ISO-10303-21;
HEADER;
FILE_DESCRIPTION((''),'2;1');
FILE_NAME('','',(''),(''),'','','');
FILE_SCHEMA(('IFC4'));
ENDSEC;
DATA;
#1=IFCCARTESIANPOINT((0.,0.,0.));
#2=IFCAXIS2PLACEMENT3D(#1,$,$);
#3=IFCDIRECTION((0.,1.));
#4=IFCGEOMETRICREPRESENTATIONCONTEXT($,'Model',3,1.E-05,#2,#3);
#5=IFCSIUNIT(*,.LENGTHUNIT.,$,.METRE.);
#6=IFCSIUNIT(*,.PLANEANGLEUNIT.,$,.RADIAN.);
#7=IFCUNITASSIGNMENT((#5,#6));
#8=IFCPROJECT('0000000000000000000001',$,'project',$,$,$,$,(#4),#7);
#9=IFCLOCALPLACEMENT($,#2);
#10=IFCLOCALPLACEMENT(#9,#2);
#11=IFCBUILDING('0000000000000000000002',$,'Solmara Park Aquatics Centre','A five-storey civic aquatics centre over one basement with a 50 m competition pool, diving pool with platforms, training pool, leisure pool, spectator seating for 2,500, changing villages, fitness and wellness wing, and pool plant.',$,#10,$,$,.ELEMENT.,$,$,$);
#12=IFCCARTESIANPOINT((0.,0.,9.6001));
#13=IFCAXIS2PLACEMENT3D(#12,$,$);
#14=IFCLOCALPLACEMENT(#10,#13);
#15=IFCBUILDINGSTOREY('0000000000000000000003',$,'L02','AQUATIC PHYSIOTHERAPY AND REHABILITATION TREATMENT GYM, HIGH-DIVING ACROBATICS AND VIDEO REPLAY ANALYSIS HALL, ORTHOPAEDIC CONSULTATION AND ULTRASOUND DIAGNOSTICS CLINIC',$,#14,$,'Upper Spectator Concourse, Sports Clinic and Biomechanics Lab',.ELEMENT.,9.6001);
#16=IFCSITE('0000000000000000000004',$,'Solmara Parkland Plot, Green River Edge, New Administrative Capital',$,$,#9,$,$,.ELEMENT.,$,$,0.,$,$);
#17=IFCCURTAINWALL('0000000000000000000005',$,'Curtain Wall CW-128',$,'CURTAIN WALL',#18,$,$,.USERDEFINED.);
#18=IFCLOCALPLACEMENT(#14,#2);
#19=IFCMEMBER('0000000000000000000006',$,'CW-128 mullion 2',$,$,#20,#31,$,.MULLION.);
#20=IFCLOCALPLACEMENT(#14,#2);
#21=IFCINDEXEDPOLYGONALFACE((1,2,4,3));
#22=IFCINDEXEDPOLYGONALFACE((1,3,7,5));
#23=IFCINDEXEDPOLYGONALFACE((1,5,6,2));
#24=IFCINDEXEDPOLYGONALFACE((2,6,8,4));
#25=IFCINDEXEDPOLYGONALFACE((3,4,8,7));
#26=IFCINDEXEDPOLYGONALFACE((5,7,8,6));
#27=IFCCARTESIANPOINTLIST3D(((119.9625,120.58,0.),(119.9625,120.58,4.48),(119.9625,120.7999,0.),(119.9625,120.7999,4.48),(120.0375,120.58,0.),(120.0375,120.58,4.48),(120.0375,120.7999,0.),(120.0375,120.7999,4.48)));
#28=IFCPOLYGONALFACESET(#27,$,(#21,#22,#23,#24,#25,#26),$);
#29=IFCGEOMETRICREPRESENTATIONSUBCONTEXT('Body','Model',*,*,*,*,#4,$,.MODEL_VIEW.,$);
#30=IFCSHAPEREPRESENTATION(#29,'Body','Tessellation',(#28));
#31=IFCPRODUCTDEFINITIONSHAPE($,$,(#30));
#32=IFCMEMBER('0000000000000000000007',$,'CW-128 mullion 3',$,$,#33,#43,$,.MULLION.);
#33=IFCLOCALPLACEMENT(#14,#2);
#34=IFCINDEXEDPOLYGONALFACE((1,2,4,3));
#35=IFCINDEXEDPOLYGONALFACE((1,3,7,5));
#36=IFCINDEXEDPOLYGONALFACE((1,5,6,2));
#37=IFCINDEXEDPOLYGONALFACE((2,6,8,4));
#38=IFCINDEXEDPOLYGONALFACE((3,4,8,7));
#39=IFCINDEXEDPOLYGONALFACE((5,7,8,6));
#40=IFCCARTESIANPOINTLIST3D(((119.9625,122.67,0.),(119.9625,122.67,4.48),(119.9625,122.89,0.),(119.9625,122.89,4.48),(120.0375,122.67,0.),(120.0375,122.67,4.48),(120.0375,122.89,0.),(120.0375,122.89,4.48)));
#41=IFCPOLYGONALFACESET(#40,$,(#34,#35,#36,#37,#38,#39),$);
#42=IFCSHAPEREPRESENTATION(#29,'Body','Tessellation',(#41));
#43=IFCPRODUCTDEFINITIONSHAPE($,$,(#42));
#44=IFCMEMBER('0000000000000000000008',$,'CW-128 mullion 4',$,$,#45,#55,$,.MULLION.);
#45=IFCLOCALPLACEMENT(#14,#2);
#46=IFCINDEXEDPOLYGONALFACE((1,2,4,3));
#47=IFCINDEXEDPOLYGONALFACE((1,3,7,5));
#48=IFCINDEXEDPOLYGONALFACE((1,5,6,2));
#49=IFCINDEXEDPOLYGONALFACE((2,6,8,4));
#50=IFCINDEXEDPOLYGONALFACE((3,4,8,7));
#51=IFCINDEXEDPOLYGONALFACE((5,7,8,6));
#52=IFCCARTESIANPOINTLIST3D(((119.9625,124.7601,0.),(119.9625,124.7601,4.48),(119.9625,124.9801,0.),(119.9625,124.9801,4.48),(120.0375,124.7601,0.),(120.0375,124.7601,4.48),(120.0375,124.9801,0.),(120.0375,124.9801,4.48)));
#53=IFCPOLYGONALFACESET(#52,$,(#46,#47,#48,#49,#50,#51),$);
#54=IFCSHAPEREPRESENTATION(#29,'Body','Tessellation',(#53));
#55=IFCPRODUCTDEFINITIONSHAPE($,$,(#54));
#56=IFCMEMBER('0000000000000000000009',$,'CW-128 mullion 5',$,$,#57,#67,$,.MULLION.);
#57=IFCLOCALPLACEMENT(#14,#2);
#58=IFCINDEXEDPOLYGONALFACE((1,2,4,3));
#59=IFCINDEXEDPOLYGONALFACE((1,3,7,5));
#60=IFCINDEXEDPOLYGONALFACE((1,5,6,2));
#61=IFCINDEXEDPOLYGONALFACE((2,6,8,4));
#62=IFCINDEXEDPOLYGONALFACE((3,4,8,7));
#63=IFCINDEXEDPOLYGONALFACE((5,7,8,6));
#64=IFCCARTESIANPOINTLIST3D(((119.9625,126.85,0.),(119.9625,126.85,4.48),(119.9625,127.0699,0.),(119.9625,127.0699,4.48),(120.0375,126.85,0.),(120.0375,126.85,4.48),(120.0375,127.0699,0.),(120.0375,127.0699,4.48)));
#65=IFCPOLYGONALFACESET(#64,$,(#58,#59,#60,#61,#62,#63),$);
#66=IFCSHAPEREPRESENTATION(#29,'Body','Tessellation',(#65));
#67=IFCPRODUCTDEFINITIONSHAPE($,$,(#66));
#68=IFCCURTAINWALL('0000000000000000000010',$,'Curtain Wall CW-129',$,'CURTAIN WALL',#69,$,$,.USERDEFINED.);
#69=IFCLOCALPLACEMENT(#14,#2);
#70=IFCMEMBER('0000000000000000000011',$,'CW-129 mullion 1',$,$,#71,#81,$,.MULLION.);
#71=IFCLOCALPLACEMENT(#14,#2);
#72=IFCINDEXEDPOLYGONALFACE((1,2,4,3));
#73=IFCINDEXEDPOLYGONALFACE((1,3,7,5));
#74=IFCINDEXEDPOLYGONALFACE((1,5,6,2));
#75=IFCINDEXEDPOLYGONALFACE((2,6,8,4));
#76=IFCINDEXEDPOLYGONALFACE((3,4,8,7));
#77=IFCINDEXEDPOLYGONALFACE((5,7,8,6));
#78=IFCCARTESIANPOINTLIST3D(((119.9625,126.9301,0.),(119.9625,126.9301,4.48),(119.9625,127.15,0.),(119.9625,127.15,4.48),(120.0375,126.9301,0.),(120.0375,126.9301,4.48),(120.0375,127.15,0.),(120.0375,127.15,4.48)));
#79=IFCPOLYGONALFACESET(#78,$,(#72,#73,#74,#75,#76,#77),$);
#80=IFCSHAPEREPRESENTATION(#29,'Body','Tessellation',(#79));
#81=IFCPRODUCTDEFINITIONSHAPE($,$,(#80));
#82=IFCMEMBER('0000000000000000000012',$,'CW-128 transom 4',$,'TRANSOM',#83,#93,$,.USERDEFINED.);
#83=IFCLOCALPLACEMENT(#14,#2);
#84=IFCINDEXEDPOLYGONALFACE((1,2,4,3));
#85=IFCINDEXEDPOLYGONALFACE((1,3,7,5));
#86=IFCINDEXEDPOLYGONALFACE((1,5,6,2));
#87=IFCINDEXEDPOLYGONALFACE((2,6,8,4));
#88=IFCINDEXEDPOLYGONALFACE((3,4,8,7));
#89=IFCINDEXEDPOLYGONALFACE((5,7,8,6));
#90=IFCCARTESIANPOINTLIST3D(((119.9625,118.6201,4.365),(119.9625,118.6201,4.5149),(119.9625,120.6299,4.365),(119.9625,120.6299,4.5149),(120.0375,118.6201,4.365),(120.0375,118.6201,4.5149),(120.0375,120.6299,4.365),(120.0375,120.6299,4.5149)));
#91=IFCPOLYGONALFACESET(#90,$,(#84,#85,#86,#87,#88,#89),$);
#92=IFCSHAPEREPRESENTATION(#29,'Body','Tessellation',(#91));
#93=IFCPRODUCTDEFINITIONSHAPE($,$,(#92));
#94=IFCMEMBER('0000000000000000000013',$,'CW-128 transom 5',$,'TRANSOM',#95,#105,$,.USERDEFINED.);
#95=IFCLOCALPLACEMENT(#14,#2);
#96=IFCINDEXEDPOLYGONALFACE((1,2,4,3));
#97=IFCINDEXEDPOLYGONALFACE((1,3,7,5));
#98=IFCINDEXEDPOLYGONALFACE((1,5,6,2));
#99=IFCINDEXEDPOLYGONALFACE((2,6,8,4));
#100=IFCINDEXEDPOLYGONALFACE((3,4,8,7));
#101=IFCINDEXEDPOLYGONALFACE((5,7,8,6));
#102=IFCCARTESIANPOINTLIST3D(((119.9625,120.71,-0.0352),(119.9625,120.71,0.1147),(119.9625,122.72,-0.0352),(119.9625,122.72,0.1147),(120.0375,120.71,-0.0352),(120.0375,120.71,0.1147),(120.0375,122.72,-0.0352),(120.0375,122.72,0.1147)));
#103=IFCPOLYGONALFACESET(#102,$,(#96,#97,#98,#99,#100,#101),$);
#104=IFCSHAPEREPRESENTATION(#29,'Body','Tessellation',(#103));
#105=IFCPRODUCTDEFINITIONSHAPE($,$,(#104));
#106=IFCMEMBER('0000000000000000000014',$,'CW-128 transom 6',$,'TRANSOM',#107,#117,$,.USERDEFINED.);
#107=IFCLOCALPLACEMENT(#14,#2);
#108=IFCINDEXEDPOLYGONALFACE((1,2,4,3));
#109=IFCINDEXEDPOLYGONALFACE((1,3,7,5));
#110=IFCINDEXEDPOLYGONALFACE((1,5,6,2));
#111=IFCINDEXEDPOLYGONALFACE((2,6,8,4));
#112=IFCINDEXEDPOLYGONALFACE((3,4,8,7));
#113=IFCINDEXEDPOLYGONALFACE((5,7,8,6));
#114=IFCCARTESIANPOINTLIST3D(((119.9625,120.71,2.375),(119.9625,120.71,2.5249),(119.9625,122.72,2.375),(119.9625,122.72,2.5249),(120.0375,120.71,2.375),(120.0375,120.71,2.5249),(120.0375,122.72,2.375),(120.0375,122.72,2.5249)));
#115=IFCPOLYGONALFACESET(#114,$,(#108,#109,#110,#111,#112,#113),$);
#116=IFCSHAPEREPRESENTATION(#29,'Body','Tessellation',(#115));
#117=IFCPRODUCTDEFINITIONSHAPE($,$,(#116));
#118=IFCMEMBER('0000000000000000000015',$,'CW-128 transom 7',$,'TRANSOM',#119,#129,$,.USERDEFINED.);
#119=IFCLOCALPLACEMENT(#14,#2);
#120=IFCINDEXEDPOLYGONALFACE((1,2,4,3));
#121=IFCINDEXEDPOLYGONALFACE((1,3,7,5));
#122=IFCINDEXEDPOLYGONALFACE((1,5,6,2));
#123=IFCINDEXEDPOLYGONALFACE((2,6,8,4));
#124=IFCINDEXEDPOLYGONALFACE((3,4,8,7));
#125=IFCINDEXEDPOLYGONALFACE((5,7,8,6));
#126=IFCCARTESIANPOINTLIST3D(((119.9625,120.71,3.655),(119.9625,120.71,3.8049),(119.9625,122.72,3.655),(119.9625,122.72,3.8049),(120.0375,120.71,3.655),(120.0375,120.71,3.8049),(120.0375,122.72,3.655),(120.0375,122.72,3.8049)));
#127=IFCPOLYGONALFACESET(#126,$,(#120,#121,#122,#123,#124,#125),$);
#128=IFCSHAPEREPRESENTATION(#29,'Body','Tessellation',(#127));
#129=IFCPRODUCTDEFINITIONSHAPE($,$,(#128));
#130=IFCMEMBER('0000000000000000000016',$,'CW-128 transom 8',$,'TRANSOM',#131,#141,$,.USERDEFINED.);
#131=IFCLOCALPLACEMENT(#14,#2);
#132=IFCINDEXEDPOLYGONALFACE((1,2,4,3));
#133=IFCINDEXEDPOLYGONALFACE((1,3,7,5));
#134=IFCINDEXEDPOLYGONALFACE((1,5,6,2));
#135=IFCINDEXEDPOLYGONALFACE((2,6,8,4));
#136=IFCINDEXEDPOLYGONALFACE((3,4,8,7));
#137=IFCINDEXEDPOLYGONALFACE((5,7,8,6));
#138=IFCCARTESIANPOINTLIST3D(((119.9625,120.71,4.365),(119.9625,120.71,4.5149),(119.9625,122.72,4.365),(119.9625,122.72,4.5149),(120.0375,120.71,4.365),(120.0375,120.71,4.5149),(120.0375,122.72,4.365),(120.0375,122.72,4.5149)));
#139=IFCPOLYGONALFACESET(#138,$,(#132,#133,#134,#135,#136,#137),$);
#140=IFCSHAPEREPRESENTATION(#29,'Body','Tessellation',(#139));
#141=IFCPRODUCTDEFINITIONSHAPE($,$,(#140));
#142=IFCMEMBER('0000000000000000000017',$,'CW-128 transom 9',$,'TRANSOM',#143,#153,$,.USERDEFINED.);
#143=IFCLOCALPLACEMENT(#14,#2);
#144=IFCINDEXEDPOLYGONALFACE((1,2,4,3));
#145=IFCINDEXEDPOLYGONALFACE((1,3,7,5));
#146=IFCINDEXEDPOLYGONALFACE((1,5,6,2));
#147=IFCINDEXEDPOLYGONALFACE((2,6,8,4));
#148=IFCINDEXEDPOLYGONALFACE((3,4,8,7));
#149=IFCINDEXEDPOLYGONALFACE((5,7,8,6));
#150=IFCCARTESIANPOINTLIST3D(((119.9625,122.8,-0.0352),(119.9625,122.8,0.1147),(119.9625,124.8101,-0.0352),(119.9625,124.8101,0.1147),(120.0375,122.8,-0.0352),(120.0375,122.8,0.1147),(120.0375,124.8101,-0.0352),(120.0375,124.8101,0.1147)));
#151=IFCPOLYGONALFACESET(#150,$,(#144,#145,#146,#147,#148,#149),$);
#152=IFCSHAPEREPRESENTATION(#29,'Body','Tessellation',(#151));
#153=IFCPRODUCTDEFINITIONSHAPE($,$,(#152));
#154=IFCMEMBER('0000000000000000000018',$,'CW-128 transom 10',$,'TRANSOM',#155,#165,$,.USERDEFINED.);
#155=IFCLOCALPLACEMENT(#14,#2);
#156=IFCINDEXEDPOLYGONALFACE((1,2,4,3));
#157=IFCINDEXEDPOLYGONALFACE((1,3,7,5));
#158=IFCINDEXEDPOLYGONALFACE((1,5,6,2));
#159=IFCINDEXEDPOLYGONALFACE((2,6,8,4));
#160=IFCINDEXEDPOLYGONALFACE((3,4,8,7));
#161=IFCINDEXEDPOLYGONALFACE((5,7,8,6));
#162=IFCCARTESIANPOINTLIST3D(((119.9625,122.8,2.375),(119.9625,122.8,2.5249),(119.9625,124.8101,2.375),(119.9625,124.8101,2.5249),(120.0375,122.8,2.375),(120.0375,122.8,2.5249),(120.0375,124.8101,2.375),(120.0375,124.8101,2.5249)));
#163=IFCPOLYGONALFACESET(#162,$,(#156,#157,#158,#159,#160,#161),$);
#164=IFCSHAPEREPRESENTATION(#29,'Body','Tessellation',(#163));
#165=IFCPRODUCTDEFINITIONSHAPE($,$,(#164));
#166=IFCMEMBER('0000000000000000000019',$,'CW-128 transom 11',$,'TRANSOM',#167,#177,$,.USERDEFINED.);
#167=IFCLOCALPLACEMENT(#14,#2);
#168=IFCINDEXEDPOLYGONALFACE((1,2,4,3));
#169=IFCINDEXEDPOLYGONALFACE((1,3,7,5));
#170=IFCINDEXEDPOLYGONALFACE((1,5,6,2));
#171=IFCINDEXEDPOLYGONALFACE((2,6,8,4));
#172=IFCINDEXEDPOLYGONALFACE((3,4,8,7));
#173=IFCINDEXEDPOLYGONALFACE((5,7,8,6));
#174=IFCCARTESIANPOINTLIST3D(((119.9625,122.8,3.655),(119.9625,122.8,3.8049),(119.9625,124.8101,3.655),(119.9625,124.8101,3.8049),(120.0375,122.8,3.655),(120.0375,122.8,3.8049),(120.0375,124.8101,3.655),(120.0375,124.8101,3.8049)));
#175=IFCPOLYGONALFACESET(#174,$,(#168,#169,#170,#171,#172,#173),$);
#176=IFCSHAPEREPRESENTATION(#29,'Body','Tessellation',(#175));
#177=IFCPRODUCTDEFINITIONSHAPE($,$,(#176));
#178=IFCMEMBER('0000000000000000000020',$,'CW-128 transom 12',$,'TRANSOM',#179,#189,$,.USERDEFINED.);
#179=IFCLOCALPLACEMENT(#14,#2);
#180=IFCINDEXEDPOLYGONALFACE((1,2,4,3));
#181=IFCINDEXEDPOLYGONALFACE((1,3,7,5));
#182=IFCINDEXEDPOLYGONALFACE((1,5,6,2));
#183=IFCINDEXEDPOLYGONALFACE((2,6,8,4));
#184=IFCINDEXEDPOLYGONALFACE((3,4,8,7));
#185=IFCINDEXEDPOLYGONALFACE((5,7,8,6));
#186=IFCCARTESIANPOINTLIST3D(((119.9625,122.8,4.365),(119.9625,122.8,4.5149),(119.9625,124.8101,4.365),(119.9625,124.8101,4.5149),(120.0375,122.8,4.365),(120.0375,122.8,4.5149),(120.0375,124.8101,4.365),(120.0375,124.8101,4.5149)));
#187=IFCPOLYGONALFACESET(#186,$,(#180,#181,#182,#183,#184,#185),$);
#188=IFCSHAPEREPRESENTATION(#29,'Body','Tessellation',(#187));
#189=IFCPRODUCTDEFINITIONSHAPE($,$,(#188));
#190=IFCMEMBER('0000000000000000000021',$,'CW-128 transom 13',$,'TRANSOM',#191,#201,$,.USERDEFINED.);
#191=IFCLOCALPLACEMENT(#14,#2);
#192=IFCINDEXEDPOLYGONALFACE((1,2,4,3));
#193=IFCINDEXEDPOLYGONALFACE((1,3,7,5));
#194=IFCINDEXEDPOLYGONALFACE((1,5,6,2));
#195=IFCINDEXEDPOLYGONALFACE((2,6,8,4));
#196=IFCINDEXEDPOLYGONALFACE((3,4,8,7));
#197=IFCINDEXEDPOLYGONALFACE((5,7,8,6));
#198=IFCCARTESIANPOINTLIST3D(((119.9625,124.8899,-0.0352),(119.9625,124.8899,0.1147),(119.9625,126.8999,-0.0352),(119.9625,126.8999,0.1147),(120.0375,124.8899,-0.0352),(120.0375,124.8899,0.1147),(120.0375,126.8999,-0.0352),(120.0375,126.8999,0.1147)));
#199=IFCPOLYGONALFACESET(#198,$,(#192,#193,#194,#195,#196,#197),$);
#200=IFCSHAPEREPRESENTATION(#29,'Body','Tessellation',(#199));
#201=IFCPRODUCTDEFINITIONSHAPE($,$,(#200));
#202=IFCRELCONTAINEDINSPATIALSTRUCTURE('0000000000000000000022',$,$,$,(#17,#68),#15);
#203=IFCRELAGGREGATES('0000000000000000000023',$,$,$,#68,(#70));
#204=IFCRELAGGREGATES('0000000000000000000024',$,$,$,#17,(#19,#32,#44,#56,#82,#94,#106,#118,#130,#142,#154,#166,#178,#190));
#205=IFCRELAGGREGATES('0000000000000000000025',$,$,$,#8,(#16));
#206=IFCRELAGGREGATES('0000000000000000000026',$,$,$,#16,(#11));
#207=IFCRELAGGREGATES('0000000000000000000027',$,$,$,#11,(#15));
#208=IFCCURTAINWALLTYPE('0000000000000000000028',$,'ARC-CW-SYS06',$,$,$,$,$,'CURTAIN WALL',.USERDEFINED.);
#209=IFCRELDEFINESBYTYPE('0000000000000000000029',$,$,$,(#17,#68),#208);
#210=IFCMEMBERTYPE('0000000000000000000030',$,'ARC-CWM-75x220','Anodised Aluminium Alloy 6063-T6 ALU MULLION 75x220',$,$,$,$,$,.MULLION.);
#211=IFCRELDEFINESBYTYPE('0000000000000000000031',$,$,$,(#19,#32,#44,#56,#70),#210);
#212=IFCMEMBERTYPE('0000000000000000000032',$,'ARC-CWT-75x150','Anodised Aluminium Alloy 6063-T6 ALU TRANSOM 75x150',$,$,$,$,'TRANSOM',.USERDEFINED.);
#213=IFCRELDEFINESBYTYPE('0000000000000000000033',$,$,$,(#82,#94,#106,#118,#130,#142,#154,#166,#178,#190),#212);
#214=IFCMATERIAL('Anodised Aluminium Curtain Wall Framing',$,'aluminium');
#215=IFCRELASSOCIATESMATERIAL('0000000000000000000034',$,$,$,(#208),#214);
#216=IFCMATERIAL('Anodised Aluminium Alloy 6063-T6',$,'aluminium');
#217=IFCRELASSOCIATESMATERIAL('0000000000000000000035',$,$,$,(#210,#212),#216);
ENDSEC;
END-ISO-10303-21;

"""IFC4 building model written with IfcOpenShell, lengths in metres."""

from ifc_helpers import new_model, si_unit, direction, frame, origin, origin_2d, place, context, subcontext, project, spatial, rectangle, extrude, material, material_profile, profile_set, type_object, element, aggregate, save


model = new_model("IFC4")

# Units and contexts
model_context = context("Model", 3, precision=1e-05, world=origin(), true_north=direction((0.0, 1.0)))
body_context = subcontext(model_context, "Body", "Model", "MODEL_VIEW")
ifc_project = project(units=[si_unit("LENGTHUNIT", "METRE"), si_unit("PLANEANGLEUNIT", "RADIAN")], contexts=[model_context])

# Site, building, storey
site_placement = place(None, origin())
site = spatial("IfcSite", under=ifc_project, at=site_placement, Name="Solmara Parkland Plot, Green River Edge, New Administrative Capital", CompositionType="ELEMENT", RefElevation=0.0)
building_placement = place(site_placement, origin())
building = spatial("IfcBuilding", under=site, at=building_placement, Name="Solmara Park Aquatics Centre", Description="A five-storey civic aquatics centre over one basement with a 50 m competition pool, diving pool with platforms, training pool, leisure pool, spectator seating for 2,500, changing villages, fitness and wellness wing, and pool plant.", CompositionType="ELEMENT")
storey_placement = place(building_placement, frame((0.0, 0.0, 9.6001)))
storey = spatial("IfcBuildingStorey", under=building, at=storey_placement, Name="L02", Description="AQUATIC PHYSIOTHERAPY AND REHABILITATION TREATMENT GYM, HIGH-DIVING ACROBATICS AND VIDEO REPLAY ANALYSIS HALL, ORTHOPAEDIC CONSULTATION AND ULTRASOUND DIAGNOSTICS CLINIC", LongName="Upper Spectator Concourse, Sports Clinic and Biomechanics Lab", CompositionType="ELEMENT", Elevation=9.6001)

# Curtain wall, members
ifc_material_1 = material(Name="Anodised Aluminium Curtain Wall Framing", Category="aluminium")
curtain_wall_type = type_object("IfcCurtainWallType", Name="ARC-CW-SYS06", ElementType="CURTAIN WALL", PredefinedType="USERDEFINED", material=ifc_material_1)
curtain_wall_1_placement = place(storey_placement, origin())
curtain_wall_1 = element("IfcCurtainWall", 1, at=curtain_wall_1_placement, inside=storey, type_object=curtain_wall_type, Name="Curtain Wall CW-128", ObjectType="CURTAIN WALL", PredefinedType="USERDEFINED")
ifc_material_2 = material(Name="Anodised Aluminium Alloy 6063-T6", Category="aluminium")
ifc_material_profile_1 = material_profile(ifc_material_2, rectangle(XDim=0.075, YDim=0.22, at=origin_2d()), Name="ALU MULLION 75x220")
ifc_profile_set_1 = profile_set([ifc_material_profile_1], Name="Anodised Aluminium Alloy 6063-T6")
member_type_1 = type_object("IfcMemberType", Name="ARC-CWM-75x220", Description="Anodised Aluminium Alloy 6063-T6 ALU MULLION 75x220", PredefinedType="MULLION", material=ifc_profile_set_1)
member_1_placement = place(storey_placement, frame((120.0, 120.6899, 0.0), z_axis=(0.0, 0.0, 1.0), x_axis=(1.0, 0.0, 0.0)))
member_1 = element("IfcMember", 2, at=member_1_placement, type_object=member_type_1, Name="CW-128 mullion 2", PredefinedType="MULLION", context=body_context, shape_type="SweptSolid", body=[
    extrude(rectangle(XDim=0.075, YDim=0.22, at=origin_2d()), origin(), (0.0, 0.0, 1.0), 4.48),
])
member_2_placement = place(storey_placement, frame((120.0, 122.78, 0.0), z_axis=(0.0, 0.0, 1.0), x_axis=(1.0, 0.0, 0.0)))
member_2 = element("IfcMember", 3, at=member_2_placement, type_object=member_type_1, Name="CW-128 mullion 3", PredefinedType="MULLION", context=body_context, shape_type="SweptSolid", body=[
    extrude(rectangle(XDim=0.075, YDim=0.22, at=origin_2d()), origin(), (0.0, 0.0, 1.0), 4.48),
])
member_3_placement = place(storey_placement, frame((120.0, 124.8701, 0.0), z_axis=(0.0, 0.0, 1.0), x_axis=(1.0, 0.0, 0.0)))
member_3 = element("IfcMember", 4, at=member_3_placement, type_object=member_type_1, Name="CW-128 mullion 4", PredefinedType="MULLION", context=body_context, shape_type="SweptSolid", body=[
    extrude(rectangle(XDim=0.075, YDim=0.22, at=origin_2d()), origin(), (0.0, 0.0, 1.0), 4.48),
])
member_4_placement = place(storey_placement, frame((120.0, 126.96, 0.0), z_axis=(0.0, 0.0, 1.0), x_axis=(1.0, 0.0, 0.0)))
member_4 = element("IfcMember", 5, at=member_4_placement, type_object=member_type_1, Name="CW-128 mullion 5", PredefinedType="MULLION", context=body_context, shape_type="SweptSolid", body=[
    extrude(rectangle(XDim=0.075, YDim=0.22, at=origin_2d()), origin(), (0.0, 0.0, 1.0), 4.48),
])

# Curtain wall, member
curtain_wall_2_placement = place(storey_placement, origin())
curtain_wall_2 = element("IfcCurtainWall", 6, at=curtain_wall_2_placement, inside=storey, type_object=curtain_wall_type, Name="Curtain Wall CW-129", ObjectType="CURTAIN WALL", PredefinedType="USERDEFINED")
member_5_placement = place(storey_placement, frame((120.0, 127.04, 0.0), z_axis=(0.0, 0.0, 1.0), x_axis=(1.0, 0.0, 0.0)))
member_5 = element("IfcMember", 7, at=member_5_placement, type_object=member_type_1, Name="CW-129 mullion 1", PredefinedType="MULLION", context=body_context, shape_type="SweptSolid", body=[
    extrude(rectangle(XDim=0.075, YDim=0.22, at=origin_2d()), origin(), (0.0, 0.0, 1.0), 4.48),
])

# Members
ifc_material_profile_2 = material_profile(ifc_material_2, rectangle(XDim=0.075, YDim=0.1499, at=origin_2d()), Name="ALU TRANSOM 75x150")
ifc_profile_set_2 = profile_set([ifc_material_profile_2], Name="Anodised Aluminium Alloy 6063-T6")
member_type_2 = type_object("IfcMemberType", Name="ARC-CWT-75x150", Description="Anodised Aluminium Alloy 6063-T6 ALU TRANSOM 75x150", ElementType="TRANSOM", PredefinedType="USERDEFINED", material=ifc_profile_set_2)
member_6_placement = place(storey_placement, frame((120.0, 118.6201, 4.4399), z_axis=(0.0, 1.0, 0.0), x_axis=(-1.0, 0.0, 0.0)))
member_6 = element("IfcMember", 8, at=member_6_placement, type_object=member_type_2, Name="CW-128 transom 4", ObjectType="TRANSOM", PredefinedType="USERDEFINED", context=body_context, shape_type="SweptSolid", body=[
    extrude(rectangle(XDim=0.075, YDim=0.1499, at=origin_2d()), origin(), (0.0, 0.0, 1.0), 2.0098),
])
member_7_placement = place(storey_placement, frame((120.0, 120.71, 0.0398), z_axis=(0.0, 1.0, 0.0), x_axis=(-1.0, 0.0, 0.0)))
member_7 = element("IfcMember", 9, at=member_7_placement, type_object=member_type_2, Name="CW-128 transom 5", ObjectType="TRANSOM", PredefinedType="USERDEFINED", context=body_context, shape_type="SweptSolid", body=[
    extrude(rectangle(XDim=0.075, YDim=0.1499, at=origin_2d()), origin(), (0.0, 0.0, 1.0), 2.01),
])
member_8_placement = place(storey_placement, frame((120.0, 120.71, 2.45), z_axis=(0.0, 1.0, 0.0), x_axis=(-1.0, 0.0, 0.0)))
member_8 = element("IfcMember", 10, at=member_8_placement, type_object=member_type_2, Name="CW-128 transom 6", ObjectType="TRANSOM", PredefinedType="USERDEFINED", context=body_context, shape_type="SweptSolid", body=[
    extrude(rectangle(XDim=0.075, YDim=0.1499, at=origin_2d()), origin(), (0.0, 0.0, 1.0), 2.01),
])
member_9_placement = place(storey_placement, frame((120.0, 120.71, 3.73), z_axis=(0.0, 1.0, 0.0), x_axis=(-1.0, 0.0, 0.0)))
member_9 = element("IfcMember", 11, at=member_9_placement, type_object=member_type_2, Name="CW-128 transom 7", ObjectType="TRANSOM", PredefinedType="USERDEFINED", context=body_context, shape_type="SweptSolid", body=[
    extrude(rectangle(XDim=0.075, YDim=0.1499, at=origin_2d()), origin(), (0.0, 0.0, 1.0), 2.01),
])
member_10_placement = place(storey_placement, frame((120.0, 120.71, 4.4399), z_axis=(0.0, 1.0, 0.0), x_axis=(-1.0, 0.0, 0.0)))
member_10 = element("IfcMember", 12, at=member_10_placement, type_object=member_type_2, Name="CW-128 transom 8", ObjectType="TRANSOM", PredefinedType="USERDEFINED", context=body_context, shape_type="SweptSolid", body=[
    extrude(rectangle(XDim=0.075, YDim=0.1499, at=origin_2d()), origin(), (0.0, 0.0, 1.0), 2.01),
])
member_11_placement = place(storey_placement, frame((120.0, 122.8, 0.0398), z_axis=(0.0, 1.0, 0.0), x_axis=(-1.0, 0.0, 0.0)))
member_11 = element("IfcMember", 13, at=member_11_placement, type_object=member_type_2, Name="CW-128 transom 9", ObjectType="TRANSOM", PredefinedType="USERDEFINED", context=body_context, shape_type="SweptSolid", body=[
    extrude(rectangle(XDim=0.075, YDim=0.1499, at=origin_2d()), origin(), (0.0, 0.0, 1.0), 2.01),
])
member_12_placement = place(storey_placement, frame((120.0, 122.8, 2.45), z_axis=(0.0, 1.0, 0.0), x_axis=(-1.0, 0.0, 0.0)))
member_12 = element("IfcMember", 14, at=member_12_placement, type_object=member_type_2, Name="CW-128 transom 10", ObjectType="TRANSOM", PredefinedType="USERDEFINED", context=body_context, shape_type="SweptSolid", body=[
    extrude(rectangle(XDim=0.075, YDim=0.1499, at=origin_2d()), origin(), (0.0, 0.0, 1.0), 2.01),
])
member_13_placement = place(storey_placement, frame((120.0, 122.8, 3.73), z_axis=(0.0, 1.0, 0.0), x_axis=(-1.0, 0.0, 0.0)))
member_13 = element("IfcMember", 15, at=member_13_placement, type_object=member_type_2, Name="CW-128 transom 11", ObjectType="TRANSOM", PredefinedType="USERDEFINED", context=body_context, shape_type="SweptSolid", body=[
    extrude(rectangle(XDim=0.075, YDim=0.1499, at=origin_2d()), origin(), (0.0, 0.0, 1.0), 2.01),
])
member_14_placement = place(storey_placement, frame((120.0, 122.8, 4.4399), z_axis=(0.0, 1.0, 0.0), x_axis=(-1.0, 0.0, 0.0)))
member_14 = element("IfcMember", 16, at=member_14_placement, type_object=member_type_2, Name="CW-128 transom 12", ObjectType="TRANSOM", PredefinedType="USERDEFINED", context=body_context, shape_type="SweptSolid", body=[
    extrude(rectangle(XDim=0.075, YDim=0.1499, at=origin_2d()), origin(), (0.0, 0.0, 1.0), 2.01),
])
member_15_placement = place(storey_placement, frame((120.0, 124.8899, 0.0398), z_axis=(0.0, 1.0, 0.0), x_axis=(-1.0, 0.0, 0.0)))
member_15 = element("IfcMember", 17, at=member_15_placement, type_object=member_type_2, Name="CW-128 transom 13", ObjectType="TRANSOM", PredefinedType="USERDEFINED", context=body_context, shape_type="SweptSolid", body=[
    extrude(rectangle(XDim=0.075, YDim=0.1499, at=origin_2d()), origin(), (0.0, 0.0, 1.0), 2.01),
])
aggregate(curtain_wall_2, [member_5])

aggregate(curtain_wall_1, [member_1, member_2, member_3, member_4, member_6, member_7, member_8, member_9, member_10, member_11, member_12, member_13, member_14, member_15])

save(model, "model.ifc")
